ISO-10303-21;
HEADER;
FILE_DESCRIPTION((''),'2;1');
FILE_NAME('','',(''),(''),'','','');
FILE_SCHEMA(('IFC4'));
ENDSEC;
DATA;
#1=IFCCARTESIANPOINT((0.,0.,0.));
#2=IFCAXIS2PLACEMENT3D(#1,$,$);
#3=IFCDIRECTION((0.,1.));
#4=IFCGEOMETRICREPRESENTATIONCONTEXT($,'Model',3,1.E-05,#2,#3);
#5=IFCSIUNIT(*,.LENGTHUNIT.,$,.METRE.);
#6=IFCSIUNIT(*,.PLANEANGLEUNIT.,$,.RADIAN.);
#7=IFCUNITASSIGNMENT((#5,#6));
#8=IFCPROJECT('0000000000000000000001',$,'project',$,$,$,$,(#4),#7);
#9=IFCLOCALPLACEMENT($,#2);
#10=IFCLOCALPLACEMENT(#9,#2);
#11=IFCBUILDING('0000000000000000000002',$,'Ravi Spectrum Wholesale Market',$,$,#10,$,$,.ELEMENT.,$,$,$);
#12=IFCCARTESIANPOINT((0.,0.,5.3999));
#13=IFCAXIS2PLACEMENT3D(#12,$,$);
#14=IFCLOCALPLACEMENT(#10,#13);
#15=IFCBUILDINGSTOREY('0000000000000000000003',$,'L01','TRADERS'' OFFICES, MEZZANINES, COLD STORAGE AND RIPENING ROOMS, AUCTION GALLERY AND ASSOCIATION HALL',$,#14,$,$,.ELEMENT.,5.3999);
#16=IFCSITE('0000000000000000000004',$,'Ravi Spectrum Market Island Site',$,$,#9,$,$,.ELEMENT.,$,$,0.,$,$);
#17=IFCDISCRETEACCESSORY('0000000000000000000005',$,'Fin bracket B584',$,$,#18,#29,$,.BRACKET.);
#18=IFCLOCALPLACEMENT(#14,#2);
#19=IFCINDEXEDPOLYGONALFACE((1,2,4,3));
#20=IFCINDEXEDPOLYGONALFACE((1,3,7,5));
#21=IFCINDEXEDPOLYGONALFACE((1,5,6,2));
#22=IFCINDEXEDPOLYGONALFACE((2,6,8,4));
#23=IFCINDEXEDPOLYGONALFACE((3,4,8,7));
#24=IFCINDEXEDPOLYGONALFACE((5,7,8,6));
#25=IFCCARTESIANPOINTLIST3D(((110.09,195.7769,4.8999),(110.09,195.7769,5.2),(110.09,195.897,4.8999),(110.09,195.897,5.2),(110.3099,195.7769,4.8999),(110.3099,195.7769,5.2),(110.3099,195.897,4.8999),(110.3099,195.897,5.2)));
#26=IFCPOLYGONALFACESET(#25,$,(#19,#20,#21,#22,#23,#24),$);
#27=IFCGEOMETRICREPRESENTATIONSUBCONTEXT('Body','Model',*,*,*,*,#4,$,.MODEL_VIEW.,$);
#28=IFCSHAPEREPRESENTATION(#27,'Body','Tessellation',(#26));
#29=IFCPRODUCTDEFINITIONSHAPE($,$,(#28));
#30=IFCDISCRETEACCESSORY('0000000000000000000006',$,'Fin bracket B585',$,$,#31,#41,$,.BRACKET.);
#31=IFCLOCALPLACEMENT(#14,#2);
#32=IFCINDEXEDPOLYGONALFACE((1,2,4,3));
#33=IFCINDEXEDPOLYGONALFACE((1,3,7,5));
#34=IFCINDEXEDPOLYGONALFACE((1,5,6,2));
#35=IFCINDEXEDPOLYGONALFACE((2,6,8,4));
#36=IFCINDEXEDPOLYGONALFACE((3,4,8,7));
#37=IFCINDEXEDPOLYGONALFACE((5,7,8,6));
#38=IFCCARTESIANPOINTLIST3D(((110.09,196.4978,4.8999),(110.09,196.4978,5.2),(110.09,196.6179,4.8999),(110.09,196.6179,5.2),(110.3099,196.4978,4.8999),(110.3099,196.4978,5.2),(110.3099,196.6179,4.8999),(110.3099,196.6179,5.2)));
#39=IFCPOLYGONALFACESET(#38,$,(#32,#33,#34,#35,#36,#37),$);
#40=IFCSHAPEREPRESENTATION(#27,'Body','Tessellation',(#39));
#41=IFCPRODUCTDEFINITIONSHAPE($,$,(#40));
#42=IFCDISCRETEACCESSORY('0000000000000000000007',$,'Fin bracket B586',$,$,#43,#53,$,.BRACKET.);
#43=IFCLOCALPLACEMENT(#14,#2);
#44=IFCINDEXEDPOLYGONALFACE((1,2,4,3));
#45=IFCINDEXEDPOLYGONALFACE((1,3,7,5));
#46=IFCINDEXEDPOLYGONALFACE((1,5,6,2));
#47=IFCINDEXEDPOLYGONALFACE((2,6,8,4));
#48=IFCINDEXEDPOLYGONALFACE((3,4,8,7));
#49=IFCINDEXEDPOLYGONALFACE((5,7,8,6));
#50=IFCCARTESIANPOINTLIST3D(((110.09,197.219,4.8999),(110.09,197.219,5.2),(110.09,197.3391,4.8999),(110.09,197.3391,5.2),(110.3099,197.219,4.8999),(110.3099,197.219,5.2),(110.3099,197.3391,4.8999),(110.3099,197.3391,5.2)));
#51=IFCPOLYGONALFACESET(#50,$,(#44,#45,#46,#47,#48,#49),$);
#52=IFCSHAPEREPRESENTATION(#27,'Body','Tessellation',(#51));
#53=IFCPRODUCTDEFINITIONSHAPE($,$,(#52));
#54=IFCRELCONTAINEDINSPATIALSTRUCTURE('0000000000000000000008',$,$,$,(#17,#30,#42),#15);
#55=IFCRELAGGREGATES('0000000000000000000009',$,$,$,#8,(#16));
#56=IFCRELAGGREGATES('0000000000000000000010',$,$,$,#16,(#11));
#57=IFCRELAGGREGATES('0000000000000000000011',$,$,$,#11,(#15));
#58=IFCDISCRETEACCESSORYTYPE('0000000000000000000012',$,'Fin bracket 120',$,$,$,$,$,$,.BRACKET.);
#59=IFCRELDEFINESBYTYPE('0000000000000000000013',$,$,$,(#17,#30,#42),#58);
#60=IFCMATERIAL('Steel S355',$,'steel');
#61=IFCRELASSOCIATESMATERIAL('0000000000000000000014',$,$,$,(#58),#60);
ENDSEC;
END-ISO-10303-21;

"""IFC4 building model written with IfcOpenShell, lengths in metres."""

from ifc_helpers import new_model, si_unit, direction, frame, origin, origin_2d, place, context, subcontext, project, spatial, rectangle, extrude, material, type_object, element, save


model = new_model("IFC4")

# Units and contexts
model_context = context("Model", 3, precision=1e-05, world=origin(), true_north=direction((0.0, 1.0)))
body_context = subcontext(model_context, "Body", "Model", "MODEL_VIEW")
ifc_project = project(units=[si_unit("LENGTHUNIT", "METRE"), si_unit("PLANEANGLEUNIT", "RADIAN")], contexts=[model_context])

# Site, building, storey
site_placement = place(None, origin())
site = spatial("IfcSite", under=ifc_project, at=site_placement, Name="Ravi Spectrum Market Island Site", CompositionType="ELEMENT", RefElevation=0.0)
building_placement = place(site_placement, origin())
building = spatial("IfcBuilding", under=site, at=building_placement, Name="Ravi Spectrum Wholesale Market", CompositionType="ELEMENT")
storey_placement = place(building_placement, frame((0.0, 0.0, 5.3999)))
storey = spatial("IfcBuildingStorey", under=building, at=storey_placement, Name="L01", Description="TRADERS' OFFICES, MEZZANINES, COLD STORAGE AND RIPENING ROOMS, AUCTION GALLERY AND ASSOCIATION HALL", CompositionType="ELEMENT", Elevation=5.3999)

# Discrete accessories
ifc_material_1 = material(Name="Steel S355", Category="steel")
discrete_accessory_type = type_object("IfcDiscreteAccessoryType", Name="Fin bracket 120", PredefinedType="BRACKET", material=ifc_material_1)
for number, where, z_axis, x_axis, name in (
    (1, (110.2, 195.8369, 4.8999), (0.0, 0.0, 1.0), (0.0, 1.0, 0.0), "Fin bracket B584"),
    (2, (110.2, 196.5579, 4.8999), (0.0, 0.0, 1.0), (0.0, 1.0, 0.0), "Fin bracket B585"),
    (3, (110.2, 197.2791, 4.8999), (0.0, 0.0, 1.0), (0.0, 1.0, 0.0), "Fin bracket B586"),
):
    element("IfcDiscreteAccessory", number, at=place(storey_placement, frame(where, z_axis=z_axis, x_axis=x_axis)), inside=storey, type_object=discrete_accessory_type, Name=name, PredefinedType="BRACKET", context=body_context, shape_type="SweptSolid", body=[
        extrude(rectangle(XDim=0.1201, YDim=0.22, at=origin_2d()), origin(), (0.0, 0.0, 1.0), 0.3),
    ])

save(model, "model.ifc")
